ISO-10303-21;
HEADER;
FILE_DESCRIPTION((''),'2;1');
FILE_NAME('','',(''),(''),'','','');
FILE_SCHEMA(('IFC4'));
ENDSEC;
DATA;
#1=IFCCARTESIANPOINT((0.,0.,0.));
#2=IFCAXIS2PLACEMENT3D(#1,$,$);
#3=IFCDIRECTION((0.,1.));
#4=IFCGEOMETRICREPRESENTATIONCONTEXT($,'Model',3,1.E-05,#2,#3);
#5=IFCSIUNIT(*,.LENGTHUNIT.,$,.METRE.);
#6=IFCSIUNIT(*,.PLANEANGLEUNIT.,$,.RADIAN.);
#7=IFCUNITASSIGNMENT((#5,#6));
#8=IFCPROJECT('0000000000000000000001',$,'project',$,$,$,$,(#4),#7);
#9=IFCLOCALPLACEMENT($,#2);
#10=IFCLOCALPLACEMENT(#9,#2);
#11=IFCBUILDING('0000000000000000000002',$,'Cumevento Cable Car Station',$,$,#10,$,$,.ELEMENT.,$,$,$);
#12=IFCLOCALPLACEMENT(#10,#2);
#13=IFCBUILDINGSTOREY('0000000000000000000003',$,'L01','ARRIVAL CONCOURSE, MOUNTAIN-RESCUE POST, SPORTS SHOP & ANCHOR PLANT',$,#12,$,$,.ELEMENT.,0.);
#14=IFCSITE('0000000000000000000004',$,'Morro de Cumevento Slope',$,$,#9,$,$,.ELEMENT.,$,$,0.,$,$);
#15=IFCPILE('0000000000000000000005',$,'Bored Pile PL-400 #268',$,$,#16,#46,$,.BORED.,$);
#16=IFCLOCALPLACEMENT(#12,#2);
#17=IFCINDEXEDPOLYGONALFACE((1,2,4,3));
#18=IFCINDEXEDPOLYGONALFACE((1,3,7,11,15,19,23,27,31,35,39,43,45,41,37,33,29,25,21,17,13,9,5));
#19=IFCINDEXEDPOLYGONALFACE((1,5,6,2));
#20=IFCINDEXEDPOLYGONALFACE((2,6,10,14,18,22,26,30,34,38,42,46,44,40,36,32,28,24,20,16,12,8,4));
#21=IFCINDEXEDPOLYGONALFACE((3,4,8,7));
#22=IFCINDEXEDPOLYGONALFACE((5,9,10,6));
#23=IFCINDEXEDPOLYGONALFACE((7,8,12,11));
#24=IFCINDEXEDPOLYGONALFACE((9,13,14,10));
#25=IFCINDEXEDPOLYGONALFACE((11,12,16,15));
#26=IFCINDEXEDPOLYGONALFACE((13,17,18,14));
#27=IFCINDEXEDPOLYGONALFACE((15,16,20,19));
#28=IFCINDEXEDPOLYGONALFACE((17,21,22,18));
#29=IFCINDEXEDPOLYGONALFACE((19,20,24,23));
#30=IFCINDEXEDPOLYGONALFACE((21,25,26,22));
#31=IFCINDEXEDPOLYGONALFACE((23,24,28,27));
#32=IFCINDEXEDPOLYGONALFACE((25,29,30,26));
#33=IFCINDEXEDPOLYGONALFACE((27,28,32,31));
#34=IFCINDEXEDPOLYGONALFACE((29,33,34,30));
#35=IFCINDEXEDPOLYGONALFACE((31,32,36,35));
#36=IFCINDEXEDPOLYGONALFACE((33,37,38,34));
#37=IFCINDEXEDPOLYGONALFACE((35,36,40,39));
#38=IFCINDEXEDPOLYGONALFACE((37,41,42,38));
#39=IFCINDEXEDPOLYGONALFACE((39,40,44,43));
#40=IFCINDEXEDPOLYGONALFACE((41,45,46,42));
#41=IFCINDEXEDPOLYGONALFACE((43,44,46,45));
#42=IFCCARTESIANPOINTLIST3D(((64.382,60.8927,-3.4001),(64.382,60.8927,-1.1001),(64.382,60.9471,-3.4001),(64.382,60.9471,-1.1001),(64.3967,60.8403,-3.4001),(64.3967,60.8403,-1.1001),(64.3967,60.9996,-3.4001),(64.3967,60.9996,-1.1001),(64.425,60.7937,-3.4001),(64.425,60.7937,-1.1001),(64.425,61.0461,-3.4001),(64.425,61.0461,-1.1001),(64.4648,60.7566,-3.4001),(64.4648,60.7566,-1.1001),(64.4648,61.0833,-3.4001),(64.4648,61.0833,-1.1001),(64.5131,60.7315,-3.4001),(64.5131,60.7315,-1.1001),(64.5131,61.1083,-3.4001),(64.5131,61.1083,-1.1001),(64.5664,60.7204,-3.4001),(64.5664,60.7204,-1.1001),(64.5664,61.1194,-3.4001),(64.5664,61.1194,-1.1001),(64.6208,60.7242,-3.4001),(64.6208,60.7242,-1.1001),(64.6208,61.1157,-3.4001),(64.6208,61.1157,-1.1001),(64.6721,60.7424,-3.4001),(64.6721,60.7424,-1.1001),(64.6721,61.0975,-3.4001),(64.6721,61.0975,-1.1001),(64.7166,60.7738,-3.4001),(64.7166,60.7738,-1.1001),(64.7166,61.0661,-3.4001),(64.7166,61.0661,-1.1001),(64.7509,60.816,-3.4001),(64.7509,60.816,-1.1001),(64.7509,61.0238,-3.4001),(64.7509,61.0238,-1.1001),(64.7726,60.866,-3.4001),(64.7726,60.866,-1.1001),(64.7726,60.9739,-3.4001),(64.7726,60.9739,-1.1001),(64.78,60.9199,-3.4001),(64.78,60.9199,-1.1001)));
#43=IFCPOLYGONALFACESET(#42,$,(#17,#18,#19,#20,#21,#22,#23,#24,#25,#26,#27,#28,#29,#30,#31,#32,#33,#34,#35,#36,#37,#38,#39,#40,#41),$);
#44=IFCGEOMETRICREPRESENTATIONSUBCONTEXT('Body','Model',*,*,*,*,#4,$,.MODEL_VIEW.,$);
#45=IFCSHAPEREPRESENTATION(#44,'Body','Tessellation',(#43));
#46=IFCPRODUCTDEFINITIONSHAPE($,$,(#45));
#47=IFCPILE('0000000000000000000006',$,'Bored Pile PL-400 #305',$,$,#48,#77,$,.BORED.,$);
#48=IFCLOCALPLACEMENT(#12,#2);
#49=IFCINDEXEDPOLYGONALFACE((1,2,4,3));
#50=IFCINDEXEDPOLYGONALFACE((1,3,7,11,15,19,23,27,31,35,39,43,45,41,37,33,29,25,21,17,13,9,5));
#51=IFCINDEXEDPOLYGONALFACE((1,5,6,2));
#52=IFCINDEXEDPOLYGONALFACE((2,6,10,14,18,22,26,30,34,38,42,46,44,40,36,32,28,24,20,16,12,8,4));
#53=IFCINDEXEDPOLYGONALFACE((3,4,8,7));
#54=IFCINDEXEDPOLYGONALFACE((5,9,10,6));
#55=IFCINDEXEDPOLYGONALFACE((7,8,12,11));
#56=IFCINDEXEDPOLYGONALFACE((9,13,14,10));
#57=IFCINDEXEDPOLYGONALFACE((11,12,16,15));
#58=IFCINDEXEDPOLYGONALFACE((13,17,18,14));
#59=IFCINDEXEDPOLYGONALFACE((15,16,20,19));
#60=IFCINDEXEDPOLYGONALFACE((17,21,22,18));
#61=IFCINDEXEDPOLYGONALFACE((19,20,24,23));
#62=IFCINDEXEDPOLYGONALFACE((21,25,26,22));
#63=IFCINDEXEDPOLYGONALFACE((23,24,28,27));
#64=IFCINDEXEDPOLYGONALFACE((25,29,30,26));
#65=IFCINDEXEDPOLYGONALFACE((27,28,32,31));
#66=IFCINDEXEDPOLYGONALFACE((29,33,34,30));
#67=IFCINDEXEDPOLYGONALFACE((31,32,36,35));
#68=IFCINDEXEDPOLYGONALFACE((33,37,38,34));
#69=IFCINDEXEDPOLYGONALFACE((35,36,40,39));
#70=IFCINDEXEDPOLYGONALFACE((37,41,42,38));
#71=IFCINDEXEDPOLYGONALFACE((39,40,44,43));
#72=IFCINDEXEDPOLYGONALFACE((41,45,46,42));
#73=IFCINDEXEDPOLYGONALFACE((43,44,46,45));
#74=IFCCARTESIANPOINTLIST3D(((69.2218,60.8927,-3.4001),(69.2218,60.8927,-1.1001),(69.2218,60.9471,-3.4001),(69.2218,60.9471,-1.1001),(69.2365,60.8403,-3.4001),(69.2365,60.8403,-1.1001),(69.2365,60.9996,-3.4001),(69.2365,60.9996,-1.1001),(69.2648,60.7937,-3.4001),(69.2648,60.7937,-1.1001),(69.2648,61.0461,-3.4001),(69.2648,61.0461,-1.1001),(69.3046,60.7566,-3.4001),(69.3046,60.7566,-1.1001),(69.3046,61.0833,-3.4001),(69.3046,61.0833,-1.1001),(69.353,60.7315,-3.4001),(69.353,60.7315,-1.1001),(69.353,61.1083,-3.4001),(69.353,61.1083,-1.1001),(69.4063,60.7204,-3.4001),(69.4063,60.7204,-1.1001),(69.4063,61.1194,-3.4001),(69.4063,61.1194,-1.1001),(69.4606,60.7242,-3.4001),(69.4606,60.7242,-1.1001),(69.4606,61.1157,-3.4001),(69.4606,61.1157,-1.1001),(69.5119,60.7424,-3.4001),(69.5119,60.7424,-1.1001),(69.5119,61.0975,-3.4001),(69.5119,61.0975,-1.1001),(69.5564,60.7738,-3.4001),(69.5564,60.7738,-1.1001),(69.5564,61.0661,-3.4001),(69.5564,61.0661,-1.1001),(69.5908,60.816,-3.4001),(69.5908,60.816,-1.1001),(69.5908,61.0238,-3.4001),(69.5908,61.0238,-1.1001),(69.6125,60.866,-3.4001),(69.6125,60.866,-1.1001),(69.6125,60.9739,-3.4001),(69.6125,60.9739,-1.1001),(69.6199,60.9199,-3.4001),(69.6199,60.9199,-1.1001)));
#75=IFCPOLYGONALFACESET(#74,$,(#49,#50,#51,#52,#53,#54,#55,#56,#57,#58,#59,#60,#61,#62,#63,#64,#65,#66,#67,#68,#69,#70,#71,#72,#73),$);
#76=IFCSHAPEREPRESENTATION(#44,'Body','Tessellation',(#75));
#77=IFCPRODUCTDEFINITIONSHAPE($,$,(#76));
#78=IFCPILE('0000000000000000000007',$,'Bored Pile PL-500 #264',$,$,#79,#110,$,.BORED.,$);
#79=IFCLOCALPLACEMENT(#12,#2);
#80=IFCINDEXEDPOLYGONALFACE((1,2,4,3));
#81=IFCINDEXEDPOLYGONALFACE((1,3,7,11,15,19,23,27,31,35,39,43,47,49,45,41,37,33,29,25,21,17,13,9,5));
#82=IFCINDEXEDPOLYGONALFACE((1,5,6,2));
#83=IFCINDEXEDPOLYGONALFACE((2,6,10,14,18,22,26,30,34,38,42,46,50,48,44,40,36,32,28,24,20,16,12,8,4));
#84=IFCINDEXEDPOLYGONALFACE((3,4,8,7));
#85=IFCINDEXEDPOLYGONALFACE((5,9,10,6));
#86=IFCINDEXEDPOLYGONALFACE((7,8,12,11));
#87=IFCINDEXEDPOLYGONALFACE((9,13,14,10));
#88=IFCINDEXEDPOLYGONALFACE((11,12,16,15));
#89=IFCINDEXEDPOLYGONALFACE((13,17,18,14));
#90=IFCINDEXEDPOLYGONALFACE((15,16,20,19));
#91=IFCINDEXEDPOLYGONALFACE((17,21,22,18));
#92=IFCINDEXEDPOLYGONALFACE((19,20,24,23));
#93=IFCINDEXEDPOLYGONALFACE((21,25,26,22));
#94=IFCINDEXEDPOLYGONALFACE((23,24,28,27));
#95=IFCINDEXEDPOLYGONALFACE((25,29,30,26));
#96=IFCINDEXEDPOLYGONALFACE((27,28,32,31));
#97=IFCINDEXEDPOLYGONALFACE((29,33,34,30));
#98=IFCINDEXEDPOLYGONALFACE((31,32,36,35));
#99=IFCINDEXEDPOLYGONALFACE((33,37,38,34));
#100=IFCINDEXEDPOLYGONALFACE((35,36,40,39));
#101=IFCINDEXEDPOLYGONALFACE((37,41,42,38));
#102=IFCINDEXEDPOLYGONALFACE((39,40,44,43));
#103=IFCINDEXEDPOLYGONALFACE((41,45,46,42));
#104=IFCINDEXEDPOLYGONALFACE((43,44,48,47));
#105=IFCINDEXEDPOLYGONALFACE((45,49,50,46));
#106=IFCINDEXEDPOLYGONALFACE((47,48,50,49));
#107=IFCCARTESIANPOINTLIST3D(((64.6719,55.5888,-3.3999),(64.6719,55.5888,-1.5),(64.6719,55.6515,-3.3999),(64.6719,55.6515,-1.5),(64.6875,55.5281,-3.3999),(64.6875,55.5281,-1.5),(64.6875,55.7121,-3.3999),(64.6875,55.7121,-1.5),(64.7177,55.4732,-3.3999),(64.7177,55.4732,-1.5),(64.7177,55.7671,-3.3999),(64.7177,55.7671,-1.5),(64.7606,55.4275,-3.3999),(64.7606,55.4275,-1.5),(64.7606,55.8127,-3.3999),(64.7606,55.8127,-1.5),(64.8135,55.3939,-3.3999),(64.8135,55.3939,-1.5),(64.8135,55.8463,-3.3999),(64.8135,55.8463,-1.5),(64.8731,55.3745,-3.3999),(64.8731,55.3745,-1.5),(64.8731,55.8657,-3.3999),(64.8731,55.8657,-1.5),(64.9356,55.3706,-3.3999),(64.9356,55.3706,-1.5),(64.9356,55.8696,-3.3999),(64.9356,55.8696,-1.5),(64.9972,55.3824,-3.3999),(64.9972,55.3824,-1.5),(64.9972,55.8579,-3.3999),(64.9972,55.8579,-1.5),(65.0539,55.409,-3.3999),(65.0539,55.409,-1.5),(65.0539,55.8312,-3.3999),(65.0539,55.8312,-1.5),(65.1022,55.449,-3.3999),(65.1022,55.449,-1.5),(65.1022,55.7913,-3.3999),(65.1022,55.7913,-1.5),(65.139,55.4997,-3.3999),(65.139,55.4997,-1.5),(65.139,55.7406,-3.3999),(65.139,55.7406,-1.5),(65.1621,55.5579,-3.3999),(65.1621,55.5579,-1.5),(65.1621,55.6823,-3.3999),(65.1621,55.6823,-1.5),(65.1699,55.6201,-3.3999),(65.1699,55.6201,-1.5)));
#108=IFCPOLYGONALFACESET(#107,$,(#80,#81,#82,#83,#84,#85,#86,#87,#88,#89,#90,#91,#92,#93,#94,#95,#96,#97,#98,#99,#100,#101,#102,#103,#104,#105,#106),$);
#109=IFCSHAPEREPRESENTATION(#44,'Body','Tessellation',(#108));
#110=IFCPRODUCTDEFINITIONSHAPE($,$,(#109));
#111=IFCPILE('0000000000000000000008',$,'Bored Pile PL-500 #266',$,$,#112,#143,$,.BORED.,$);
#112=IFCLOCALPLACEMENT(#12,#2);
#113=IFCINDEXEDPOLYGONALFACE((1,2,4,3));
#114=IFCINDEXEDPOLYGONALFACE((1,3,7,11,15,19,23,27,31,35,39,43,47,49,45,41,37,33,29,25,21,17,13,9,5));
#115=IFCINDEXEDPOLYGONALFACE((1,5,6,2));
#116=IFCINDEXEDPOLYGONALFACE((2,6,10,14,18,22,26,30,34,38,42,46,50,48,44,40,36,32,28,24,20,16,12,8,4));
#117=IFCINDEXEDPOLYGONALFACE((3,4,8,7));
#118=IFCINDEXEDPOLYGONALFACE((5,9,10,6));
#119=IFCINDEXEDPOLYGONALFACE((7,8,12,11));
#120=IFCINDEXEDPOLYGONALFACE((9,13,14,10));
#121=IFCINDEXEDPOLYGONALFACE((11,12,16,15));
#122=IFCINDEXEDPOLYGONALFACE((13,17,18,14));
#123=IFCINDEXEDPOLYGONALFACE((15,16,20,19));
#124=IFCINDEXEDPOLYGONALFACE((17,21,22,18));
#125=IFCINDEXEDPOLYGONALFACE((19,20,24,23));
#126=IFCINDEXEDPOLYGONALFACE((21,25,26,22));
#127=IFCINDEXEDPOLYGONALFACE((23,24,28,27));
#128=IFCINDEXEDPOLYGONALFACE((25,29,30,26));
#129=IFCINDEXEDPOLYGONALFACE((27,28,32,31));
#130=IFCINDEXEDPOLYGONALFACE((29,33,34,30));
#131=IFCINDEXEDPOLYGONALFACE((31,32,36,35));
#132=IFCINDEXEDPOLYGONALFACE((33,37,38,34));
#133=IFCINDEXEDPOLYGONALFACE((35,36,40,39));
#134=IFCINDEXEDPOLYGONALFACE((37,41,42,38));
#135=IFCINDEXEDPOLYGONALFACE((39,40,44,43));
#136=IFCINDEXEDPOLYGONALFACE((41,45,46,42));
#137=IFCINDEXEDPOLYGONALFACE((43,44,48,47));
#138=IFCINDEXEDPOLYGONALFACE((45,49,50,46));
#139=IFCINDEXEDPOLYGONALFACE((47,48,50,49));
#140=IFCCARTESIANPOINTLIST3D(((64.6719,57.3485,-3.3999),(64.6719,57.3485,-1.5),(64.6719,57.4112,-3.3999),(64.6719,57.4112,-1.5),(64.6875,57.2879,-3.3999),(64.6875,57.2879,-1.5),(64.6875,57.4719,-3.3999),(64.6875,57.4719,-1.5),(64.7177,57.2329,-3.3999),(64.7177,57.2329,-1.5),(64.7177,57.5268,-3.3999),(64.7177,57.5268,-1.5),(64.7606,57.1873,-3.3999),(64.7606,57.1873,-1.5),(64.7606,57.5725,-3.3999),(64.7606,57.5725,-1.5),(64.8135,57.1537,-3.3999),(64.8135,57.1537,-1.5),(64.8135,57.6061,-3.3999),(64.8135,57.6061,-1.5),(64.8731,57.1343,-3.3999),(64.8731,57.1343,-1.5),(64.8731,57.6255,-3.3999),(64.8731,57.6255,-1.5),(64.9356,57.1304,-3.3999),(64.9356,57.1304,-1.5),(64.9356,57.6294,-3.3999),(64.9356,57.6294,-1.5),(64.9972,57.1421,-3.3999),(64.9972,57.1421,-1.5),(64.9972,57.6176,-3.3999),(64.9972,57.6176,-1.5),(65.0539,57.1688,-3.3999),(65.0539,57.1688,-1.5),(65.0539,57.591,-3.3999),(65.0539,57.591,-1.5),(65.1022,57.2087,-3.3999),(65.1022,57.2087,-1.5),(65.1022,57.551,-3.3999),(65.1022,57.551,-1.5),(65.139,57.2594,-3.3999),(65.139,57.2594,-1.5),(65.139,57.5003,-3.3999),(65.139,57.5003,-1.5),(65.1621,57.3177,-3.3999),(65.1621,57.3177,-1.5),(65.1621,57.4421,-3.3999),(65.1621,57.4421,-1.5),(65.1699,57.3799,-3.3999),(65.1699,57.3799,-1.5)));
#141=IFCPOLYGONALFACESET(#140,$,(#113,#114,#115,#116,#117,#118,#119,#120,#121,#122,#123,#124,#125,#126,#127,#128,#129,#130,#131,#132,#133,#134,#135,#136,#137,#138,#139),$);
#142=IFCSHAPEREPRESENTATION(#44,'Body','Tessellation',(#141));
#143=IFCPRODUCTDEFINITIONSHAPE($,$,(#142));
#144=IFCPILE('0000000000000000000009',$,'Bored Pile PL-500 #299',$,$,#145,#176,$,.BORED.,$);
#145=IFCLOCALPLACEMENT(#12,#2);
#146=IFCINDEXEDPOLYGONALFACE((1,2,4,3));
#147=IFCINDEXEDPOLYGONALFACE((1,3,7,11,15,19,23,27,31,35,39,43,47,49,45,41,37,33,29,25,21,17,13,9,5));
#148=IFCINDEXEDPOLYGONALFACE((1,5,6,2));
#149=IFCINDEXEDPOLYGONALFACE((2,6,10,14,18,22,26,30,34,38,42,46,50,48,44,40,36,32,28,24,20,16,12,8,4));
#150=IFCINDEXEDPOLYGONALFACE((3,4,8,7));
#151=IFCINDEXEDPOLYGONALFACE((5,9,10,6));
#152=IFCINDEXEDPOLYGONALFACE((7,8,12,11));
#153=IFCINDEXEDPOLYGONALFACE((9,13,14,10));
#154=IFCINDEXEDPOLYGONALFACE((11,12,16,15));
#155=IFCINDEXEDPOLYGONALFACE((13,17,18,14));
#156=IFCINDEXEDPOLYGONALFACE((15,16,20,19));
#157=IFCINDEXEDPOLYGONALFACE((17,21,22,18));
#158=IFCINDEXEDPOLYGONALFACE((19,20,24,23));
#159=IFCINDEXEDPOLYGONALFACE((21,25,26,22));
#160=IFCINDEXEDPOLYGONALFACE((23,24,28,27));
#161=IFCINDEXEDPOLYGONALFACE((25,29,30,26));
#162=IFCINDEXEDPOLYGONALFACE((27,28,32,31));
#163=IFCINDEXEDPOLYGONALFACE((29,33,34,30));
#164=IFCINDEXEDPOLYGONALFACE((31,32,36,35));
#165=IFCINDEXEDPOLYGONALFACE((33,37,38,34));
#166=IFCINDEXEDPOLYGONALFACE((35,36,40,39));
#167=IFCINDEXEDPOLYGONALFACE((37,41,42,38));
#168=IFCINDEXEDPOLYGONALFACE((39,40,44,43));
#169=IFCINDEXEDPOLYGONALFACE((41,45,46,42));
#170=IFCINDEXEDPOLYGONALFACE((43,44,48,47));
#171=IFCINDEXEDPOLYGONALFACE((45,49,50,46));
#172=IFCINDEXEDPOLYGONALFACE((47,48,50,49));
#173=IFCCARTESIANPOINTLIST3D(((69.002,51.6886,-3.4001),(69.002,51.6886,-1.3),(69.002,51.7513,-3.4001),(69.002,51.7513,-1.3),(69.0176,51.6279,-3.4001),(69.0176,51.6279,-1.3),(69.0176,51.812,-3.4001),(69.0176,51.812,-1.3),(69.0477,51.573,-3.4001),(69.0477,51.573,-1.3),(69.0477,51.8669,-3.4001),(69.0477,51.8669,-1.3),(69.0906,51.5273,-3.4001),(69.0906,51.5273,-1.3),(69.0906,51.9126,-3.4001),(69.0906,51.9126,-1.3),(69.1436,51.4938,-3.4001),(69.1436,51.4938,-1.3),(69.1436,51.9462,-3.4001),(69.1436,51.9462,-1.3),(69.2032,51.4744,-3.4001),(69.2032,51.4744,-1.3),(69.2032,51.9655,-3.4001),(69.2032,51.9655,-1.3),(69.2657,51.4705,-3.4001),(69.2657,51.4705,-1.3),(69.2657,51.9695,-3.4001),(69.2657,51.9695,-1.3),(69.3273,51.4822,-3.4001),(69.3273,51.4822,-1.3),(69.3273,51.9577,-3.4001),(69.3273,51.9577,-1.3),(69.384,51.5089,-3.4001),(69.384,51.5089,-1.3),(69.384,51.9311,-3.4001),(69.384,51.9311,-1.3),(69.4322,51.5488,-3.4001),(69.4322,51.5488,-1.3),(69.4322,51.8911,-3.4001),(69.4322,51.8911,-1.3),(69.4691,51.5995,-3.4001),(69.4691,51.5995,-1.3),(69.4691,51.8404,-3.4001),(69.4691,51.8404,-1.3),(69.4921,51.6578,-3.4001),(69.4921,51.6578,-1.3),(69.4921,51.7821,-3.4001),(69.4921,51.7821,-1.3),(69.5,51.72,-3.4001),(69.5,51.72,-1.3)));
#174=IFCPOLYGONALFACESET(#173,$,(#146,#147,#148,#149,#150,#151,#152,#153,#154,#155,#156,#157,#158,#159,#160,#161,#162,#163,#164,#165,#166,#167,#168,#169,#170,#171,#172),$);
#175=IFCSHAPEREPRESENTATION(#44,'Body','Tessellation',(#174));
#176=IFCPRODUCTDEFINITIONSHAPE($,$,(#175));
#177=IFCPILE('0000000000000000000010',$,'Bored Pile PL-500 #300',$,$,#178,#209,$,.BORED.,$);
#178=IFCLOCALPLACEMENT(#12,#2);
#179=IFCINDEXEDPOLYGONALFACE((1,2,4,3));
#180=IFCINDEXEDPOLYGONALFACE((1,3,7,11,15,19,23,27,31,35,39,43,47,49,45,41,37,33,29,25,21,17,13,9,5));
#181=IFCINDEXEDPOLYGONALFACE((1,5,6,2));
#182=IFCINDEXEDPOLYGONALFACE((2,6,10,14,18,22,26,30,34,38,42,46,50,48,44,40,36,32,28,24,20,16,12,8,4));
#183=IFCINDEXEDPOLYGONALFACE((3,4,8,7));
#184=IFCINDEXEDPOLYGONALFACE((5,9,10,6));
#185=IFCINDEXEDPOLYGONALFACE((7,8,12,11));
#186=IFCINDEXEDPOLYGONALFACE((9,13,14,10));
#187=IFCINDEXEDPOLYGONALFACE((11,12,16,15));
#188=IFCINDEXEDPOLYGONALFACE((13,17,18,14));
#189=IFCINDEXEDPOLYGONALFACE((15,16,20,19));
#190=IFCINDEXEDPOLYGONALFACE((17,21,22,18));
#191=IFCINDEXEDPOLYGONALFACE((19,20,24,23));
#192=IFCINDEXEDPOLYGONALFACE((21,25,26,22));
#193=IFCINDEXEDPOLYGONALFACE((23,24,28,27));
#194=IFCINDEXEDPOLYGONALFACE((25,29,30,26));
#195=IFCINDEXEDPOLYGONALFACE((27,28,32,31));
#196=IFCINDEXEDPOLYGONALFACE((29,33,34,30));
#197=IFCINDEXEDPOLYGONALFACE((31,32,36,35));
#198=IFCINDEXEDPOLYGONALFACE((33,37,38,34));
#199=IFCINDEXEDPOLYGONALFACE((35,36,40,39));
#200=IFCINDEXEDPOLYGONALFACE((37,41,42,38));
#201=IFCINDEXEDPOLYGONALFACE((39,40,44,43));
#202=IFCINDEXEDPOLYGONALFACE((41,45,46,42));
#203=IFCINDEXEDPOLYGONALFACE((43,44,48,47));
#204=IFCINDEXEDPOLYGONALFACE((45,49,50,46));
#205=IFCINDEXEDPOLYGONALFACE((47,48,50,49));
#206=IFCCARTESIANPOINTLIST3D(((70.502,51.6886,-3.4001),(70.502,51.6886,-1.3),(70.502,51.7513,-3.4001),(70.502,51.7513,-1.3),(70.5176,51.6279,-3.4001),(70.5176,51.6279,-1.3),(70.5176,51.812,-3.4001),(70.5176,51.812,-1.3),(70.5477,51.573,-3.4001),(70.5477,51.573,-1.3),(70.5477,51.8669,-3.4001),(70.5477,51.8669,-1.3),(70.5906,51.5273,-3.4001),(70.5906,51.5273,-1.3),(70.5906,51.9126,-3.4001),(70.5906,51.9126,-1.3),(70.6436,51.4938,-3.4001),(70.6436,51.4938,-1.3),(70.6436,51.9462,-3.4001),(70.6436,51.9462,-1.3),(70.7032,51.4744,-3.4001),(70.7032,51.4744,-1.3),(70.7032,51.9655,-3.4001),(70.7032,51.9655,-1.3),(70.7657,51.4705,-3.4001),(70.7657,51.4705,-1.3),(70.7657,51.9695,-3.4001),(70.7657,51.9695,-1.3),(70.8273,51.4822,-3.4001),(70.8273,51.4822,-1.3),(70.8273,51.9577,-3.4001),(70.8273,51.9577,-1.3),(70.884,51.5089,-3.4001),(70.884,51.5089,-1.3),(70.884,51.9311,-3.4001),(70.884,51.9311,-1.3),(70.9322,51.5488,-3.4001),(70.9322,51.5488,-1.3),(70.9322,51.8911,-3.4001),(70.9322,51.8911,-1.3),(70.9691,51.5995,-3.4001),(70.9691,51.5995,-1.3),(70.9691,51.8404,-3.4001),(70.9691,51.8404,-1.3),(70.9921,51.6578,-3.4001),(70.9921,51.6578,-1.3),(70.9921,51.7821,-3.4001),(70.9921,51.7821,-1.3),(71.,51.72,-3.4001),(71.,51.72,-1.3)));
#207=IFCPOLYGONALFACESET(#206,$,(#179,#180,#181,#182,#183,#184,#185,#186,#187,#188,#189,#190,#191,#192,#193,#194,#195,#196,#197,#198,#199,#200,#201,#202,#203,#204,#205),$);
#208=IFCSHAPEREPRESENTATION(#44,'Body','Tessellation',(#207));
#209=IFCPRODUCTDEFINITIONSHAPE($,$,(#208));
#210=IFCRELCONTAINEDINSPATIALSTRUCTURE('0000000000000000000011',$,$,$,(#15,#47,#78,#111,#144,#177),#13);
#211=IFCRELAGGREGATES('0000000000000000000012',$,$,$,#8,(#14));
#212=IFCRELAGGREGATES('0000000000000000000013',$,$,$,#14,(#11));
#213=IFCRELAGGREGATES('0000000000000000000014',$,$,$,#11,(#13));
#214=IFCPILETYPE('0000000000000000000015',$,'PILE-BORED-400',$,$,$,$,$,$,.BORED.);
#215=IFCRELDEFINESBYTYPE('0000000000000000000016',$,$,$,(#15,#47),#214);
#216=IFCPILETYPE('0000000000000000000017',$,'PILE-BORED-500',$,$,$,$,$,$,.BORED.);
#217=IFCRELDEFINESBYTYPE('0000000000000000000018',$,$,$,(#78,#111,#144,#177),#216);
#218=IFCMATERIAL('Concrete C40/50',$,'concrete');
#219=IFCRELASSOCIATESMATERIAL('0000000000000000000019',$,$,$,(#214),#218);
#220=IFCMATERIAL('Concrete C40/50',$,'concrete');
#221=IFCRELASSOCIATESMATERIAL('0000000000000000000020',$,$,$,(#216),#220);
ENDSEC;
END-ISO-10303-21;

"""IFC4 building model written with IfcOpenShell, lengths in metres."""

from ifc_helpers import new_model, si_unit, direction, frame, origin, origin_2d, place, context, subcontext, project, spatial, circle, extrude, material, material_profile, profile_set, type_object, element, save


model = new_model("IFC4")

# Units and contexts
model_context = context("Model", 3, precision=1e-05, world=origin(), true_north=direction((0.0, 1.0)))
body_context = subcontext(model_context, "Body", "Model", "MODEL_VIEW")
ifc_project = project(units=[si_unit("LENGTHUNIT", "METRE"), si_unit("PLANEANGLEUNIT", "RADIAN")], contexts=[model_context])

# Site, building, storey
site_placement = place(None, origin())
site = spatial("IfcSite", under=ifc_project, at=site_placement, Name="Morro de Cumevento Slope", CompositionType="ELEMENT", RefElevation=0.0)
building_placement = place(site_placement, origin())
building = spatial("IfcBuilding", under=site, at=building_placement, Name="Cumevento Cable Car Station", CompositionType="ELEMENT")
storey_placement = place(building_placement, origin())
storey = spatial("IfcBuildingStorey", under=building, at=storey_placement, Name="L01", Description="ARRIVAL CONCOURSE, MOUNTAIN-RESCUE POST, SPORTS SHOP & ANCHOR PLANT", CompositionType="ELEMENT", Elevation=0.0)

# Piles
ifc_material_1 = material(Name="Concrete C40/50", Category="concrete")
ifc_material_profile_1 = material_profile(ifc_material_1, circle(Radius=0.2, at=origin_2d()), Name="PILE-D400")
ifc_profile_set_1 = profile_set([ifc_material_profile_1], Name="Concrete C40/50")
pile_type_1 = type_object("IfcPileType", Name="PILE-BORED-400", PredefinedType="BORED", material=ifc_profile_set_1)
for number, where, z_axis, x_axis, name in (
    (1, (64.5801, 60.9199, -1.1001), (0.0, 0.0, -1.0), (1.0, 0.0, 0.0), "Bored Pile PL-400 #268"),
    (2, (69.4199, 60.9199, -1.1001), (0.0, 0.0, -1.0), (1.0, 0.0, 0.0), "Bored Pile PL-400 #305"),
):
    element("IfcPile", number, at=place(storey_placement, frame(where, z_axis=z_axis, x_axis=x_axis)), inside=storey, type_object=pile_type_1, Name=name, PredefinedType="BORED", context=body_context, shape_type="SweptSolid", body=[
        extrude(circle(Radius=0.2, at=origin_2d()), origin(), (0.0, 0.0, 1.0), 2.3),
    ])
ifc_material_2 = material(Name="Concrete C40/50", Category="concrete")
ifc_material_profile_2 = material_profile(ifc_material_2, circle(Radius=0.25, at=origin_2d()), Name="PILE-D500")
ifc_profile_set_2 = profile_set([ifc_material_profile_2], Name="Concrete C40/50")
pile_type_2 = type_object("IfcPileType", Name="PILE-BORED-500", PredefinedType="BORED", material=ifc_profile_set_2)
for number, where, z_axis, x_axis, name in (
    (3, (64.9199, 55.6201, -1.5), (0.0, 0.0, -1.0), (1.0, 0.0, 0.0), "Bored Pile PL-500 #264"),
    (4, (64.9199, 57.3799, -1.5), (0.0, 0.0, -1.0), (1.0, 0.0, 0.0), "Bored Pile PL-500 #266"),
):
    element("IfcPile", number, at=place(storey_placement, frame(where, z_axis=z_axis, x_axis=x_axis)), inside=storey, type_object=pile_type_2, Name=name, PredefinedType="BORED", context=body_context, shape_type="SweptSolid", body=[
        extrude(circle(Radius=0.25, at=origin_2d()), origin(), (0.0, 0.0, 1.0), 1.8999),
    ])
for number, where, z_axis, x_axis, name in (
    (5, (69.25, 51.72, -1.3), (0.0, 0.0, -1.0), (1.0, 0.0, 0.0), "Bored Pile PL-500 #299"),
    (6, (70.75, 51.72, -1.3), (0.0, 0.0, -1.0), (1.0, 0.0, 0.0), "Bored Pile PL-500 #300"),
):
    element("IfcPile", number, at=place(storey_placement, frame(where, z_axis=z_axis, x_axis=x_axis)), inside=storey, type_object=pile_type_2, Name=name, PredefinedType="BORED", context=body_context, shape_type="SweptSolid", body=[
        extrude(circle(Radius=0.25, at=origin_2d()), origin(), (0.0, 0.0, 1.0), 2.1001),
    ])

save(model, "model.ifc")
